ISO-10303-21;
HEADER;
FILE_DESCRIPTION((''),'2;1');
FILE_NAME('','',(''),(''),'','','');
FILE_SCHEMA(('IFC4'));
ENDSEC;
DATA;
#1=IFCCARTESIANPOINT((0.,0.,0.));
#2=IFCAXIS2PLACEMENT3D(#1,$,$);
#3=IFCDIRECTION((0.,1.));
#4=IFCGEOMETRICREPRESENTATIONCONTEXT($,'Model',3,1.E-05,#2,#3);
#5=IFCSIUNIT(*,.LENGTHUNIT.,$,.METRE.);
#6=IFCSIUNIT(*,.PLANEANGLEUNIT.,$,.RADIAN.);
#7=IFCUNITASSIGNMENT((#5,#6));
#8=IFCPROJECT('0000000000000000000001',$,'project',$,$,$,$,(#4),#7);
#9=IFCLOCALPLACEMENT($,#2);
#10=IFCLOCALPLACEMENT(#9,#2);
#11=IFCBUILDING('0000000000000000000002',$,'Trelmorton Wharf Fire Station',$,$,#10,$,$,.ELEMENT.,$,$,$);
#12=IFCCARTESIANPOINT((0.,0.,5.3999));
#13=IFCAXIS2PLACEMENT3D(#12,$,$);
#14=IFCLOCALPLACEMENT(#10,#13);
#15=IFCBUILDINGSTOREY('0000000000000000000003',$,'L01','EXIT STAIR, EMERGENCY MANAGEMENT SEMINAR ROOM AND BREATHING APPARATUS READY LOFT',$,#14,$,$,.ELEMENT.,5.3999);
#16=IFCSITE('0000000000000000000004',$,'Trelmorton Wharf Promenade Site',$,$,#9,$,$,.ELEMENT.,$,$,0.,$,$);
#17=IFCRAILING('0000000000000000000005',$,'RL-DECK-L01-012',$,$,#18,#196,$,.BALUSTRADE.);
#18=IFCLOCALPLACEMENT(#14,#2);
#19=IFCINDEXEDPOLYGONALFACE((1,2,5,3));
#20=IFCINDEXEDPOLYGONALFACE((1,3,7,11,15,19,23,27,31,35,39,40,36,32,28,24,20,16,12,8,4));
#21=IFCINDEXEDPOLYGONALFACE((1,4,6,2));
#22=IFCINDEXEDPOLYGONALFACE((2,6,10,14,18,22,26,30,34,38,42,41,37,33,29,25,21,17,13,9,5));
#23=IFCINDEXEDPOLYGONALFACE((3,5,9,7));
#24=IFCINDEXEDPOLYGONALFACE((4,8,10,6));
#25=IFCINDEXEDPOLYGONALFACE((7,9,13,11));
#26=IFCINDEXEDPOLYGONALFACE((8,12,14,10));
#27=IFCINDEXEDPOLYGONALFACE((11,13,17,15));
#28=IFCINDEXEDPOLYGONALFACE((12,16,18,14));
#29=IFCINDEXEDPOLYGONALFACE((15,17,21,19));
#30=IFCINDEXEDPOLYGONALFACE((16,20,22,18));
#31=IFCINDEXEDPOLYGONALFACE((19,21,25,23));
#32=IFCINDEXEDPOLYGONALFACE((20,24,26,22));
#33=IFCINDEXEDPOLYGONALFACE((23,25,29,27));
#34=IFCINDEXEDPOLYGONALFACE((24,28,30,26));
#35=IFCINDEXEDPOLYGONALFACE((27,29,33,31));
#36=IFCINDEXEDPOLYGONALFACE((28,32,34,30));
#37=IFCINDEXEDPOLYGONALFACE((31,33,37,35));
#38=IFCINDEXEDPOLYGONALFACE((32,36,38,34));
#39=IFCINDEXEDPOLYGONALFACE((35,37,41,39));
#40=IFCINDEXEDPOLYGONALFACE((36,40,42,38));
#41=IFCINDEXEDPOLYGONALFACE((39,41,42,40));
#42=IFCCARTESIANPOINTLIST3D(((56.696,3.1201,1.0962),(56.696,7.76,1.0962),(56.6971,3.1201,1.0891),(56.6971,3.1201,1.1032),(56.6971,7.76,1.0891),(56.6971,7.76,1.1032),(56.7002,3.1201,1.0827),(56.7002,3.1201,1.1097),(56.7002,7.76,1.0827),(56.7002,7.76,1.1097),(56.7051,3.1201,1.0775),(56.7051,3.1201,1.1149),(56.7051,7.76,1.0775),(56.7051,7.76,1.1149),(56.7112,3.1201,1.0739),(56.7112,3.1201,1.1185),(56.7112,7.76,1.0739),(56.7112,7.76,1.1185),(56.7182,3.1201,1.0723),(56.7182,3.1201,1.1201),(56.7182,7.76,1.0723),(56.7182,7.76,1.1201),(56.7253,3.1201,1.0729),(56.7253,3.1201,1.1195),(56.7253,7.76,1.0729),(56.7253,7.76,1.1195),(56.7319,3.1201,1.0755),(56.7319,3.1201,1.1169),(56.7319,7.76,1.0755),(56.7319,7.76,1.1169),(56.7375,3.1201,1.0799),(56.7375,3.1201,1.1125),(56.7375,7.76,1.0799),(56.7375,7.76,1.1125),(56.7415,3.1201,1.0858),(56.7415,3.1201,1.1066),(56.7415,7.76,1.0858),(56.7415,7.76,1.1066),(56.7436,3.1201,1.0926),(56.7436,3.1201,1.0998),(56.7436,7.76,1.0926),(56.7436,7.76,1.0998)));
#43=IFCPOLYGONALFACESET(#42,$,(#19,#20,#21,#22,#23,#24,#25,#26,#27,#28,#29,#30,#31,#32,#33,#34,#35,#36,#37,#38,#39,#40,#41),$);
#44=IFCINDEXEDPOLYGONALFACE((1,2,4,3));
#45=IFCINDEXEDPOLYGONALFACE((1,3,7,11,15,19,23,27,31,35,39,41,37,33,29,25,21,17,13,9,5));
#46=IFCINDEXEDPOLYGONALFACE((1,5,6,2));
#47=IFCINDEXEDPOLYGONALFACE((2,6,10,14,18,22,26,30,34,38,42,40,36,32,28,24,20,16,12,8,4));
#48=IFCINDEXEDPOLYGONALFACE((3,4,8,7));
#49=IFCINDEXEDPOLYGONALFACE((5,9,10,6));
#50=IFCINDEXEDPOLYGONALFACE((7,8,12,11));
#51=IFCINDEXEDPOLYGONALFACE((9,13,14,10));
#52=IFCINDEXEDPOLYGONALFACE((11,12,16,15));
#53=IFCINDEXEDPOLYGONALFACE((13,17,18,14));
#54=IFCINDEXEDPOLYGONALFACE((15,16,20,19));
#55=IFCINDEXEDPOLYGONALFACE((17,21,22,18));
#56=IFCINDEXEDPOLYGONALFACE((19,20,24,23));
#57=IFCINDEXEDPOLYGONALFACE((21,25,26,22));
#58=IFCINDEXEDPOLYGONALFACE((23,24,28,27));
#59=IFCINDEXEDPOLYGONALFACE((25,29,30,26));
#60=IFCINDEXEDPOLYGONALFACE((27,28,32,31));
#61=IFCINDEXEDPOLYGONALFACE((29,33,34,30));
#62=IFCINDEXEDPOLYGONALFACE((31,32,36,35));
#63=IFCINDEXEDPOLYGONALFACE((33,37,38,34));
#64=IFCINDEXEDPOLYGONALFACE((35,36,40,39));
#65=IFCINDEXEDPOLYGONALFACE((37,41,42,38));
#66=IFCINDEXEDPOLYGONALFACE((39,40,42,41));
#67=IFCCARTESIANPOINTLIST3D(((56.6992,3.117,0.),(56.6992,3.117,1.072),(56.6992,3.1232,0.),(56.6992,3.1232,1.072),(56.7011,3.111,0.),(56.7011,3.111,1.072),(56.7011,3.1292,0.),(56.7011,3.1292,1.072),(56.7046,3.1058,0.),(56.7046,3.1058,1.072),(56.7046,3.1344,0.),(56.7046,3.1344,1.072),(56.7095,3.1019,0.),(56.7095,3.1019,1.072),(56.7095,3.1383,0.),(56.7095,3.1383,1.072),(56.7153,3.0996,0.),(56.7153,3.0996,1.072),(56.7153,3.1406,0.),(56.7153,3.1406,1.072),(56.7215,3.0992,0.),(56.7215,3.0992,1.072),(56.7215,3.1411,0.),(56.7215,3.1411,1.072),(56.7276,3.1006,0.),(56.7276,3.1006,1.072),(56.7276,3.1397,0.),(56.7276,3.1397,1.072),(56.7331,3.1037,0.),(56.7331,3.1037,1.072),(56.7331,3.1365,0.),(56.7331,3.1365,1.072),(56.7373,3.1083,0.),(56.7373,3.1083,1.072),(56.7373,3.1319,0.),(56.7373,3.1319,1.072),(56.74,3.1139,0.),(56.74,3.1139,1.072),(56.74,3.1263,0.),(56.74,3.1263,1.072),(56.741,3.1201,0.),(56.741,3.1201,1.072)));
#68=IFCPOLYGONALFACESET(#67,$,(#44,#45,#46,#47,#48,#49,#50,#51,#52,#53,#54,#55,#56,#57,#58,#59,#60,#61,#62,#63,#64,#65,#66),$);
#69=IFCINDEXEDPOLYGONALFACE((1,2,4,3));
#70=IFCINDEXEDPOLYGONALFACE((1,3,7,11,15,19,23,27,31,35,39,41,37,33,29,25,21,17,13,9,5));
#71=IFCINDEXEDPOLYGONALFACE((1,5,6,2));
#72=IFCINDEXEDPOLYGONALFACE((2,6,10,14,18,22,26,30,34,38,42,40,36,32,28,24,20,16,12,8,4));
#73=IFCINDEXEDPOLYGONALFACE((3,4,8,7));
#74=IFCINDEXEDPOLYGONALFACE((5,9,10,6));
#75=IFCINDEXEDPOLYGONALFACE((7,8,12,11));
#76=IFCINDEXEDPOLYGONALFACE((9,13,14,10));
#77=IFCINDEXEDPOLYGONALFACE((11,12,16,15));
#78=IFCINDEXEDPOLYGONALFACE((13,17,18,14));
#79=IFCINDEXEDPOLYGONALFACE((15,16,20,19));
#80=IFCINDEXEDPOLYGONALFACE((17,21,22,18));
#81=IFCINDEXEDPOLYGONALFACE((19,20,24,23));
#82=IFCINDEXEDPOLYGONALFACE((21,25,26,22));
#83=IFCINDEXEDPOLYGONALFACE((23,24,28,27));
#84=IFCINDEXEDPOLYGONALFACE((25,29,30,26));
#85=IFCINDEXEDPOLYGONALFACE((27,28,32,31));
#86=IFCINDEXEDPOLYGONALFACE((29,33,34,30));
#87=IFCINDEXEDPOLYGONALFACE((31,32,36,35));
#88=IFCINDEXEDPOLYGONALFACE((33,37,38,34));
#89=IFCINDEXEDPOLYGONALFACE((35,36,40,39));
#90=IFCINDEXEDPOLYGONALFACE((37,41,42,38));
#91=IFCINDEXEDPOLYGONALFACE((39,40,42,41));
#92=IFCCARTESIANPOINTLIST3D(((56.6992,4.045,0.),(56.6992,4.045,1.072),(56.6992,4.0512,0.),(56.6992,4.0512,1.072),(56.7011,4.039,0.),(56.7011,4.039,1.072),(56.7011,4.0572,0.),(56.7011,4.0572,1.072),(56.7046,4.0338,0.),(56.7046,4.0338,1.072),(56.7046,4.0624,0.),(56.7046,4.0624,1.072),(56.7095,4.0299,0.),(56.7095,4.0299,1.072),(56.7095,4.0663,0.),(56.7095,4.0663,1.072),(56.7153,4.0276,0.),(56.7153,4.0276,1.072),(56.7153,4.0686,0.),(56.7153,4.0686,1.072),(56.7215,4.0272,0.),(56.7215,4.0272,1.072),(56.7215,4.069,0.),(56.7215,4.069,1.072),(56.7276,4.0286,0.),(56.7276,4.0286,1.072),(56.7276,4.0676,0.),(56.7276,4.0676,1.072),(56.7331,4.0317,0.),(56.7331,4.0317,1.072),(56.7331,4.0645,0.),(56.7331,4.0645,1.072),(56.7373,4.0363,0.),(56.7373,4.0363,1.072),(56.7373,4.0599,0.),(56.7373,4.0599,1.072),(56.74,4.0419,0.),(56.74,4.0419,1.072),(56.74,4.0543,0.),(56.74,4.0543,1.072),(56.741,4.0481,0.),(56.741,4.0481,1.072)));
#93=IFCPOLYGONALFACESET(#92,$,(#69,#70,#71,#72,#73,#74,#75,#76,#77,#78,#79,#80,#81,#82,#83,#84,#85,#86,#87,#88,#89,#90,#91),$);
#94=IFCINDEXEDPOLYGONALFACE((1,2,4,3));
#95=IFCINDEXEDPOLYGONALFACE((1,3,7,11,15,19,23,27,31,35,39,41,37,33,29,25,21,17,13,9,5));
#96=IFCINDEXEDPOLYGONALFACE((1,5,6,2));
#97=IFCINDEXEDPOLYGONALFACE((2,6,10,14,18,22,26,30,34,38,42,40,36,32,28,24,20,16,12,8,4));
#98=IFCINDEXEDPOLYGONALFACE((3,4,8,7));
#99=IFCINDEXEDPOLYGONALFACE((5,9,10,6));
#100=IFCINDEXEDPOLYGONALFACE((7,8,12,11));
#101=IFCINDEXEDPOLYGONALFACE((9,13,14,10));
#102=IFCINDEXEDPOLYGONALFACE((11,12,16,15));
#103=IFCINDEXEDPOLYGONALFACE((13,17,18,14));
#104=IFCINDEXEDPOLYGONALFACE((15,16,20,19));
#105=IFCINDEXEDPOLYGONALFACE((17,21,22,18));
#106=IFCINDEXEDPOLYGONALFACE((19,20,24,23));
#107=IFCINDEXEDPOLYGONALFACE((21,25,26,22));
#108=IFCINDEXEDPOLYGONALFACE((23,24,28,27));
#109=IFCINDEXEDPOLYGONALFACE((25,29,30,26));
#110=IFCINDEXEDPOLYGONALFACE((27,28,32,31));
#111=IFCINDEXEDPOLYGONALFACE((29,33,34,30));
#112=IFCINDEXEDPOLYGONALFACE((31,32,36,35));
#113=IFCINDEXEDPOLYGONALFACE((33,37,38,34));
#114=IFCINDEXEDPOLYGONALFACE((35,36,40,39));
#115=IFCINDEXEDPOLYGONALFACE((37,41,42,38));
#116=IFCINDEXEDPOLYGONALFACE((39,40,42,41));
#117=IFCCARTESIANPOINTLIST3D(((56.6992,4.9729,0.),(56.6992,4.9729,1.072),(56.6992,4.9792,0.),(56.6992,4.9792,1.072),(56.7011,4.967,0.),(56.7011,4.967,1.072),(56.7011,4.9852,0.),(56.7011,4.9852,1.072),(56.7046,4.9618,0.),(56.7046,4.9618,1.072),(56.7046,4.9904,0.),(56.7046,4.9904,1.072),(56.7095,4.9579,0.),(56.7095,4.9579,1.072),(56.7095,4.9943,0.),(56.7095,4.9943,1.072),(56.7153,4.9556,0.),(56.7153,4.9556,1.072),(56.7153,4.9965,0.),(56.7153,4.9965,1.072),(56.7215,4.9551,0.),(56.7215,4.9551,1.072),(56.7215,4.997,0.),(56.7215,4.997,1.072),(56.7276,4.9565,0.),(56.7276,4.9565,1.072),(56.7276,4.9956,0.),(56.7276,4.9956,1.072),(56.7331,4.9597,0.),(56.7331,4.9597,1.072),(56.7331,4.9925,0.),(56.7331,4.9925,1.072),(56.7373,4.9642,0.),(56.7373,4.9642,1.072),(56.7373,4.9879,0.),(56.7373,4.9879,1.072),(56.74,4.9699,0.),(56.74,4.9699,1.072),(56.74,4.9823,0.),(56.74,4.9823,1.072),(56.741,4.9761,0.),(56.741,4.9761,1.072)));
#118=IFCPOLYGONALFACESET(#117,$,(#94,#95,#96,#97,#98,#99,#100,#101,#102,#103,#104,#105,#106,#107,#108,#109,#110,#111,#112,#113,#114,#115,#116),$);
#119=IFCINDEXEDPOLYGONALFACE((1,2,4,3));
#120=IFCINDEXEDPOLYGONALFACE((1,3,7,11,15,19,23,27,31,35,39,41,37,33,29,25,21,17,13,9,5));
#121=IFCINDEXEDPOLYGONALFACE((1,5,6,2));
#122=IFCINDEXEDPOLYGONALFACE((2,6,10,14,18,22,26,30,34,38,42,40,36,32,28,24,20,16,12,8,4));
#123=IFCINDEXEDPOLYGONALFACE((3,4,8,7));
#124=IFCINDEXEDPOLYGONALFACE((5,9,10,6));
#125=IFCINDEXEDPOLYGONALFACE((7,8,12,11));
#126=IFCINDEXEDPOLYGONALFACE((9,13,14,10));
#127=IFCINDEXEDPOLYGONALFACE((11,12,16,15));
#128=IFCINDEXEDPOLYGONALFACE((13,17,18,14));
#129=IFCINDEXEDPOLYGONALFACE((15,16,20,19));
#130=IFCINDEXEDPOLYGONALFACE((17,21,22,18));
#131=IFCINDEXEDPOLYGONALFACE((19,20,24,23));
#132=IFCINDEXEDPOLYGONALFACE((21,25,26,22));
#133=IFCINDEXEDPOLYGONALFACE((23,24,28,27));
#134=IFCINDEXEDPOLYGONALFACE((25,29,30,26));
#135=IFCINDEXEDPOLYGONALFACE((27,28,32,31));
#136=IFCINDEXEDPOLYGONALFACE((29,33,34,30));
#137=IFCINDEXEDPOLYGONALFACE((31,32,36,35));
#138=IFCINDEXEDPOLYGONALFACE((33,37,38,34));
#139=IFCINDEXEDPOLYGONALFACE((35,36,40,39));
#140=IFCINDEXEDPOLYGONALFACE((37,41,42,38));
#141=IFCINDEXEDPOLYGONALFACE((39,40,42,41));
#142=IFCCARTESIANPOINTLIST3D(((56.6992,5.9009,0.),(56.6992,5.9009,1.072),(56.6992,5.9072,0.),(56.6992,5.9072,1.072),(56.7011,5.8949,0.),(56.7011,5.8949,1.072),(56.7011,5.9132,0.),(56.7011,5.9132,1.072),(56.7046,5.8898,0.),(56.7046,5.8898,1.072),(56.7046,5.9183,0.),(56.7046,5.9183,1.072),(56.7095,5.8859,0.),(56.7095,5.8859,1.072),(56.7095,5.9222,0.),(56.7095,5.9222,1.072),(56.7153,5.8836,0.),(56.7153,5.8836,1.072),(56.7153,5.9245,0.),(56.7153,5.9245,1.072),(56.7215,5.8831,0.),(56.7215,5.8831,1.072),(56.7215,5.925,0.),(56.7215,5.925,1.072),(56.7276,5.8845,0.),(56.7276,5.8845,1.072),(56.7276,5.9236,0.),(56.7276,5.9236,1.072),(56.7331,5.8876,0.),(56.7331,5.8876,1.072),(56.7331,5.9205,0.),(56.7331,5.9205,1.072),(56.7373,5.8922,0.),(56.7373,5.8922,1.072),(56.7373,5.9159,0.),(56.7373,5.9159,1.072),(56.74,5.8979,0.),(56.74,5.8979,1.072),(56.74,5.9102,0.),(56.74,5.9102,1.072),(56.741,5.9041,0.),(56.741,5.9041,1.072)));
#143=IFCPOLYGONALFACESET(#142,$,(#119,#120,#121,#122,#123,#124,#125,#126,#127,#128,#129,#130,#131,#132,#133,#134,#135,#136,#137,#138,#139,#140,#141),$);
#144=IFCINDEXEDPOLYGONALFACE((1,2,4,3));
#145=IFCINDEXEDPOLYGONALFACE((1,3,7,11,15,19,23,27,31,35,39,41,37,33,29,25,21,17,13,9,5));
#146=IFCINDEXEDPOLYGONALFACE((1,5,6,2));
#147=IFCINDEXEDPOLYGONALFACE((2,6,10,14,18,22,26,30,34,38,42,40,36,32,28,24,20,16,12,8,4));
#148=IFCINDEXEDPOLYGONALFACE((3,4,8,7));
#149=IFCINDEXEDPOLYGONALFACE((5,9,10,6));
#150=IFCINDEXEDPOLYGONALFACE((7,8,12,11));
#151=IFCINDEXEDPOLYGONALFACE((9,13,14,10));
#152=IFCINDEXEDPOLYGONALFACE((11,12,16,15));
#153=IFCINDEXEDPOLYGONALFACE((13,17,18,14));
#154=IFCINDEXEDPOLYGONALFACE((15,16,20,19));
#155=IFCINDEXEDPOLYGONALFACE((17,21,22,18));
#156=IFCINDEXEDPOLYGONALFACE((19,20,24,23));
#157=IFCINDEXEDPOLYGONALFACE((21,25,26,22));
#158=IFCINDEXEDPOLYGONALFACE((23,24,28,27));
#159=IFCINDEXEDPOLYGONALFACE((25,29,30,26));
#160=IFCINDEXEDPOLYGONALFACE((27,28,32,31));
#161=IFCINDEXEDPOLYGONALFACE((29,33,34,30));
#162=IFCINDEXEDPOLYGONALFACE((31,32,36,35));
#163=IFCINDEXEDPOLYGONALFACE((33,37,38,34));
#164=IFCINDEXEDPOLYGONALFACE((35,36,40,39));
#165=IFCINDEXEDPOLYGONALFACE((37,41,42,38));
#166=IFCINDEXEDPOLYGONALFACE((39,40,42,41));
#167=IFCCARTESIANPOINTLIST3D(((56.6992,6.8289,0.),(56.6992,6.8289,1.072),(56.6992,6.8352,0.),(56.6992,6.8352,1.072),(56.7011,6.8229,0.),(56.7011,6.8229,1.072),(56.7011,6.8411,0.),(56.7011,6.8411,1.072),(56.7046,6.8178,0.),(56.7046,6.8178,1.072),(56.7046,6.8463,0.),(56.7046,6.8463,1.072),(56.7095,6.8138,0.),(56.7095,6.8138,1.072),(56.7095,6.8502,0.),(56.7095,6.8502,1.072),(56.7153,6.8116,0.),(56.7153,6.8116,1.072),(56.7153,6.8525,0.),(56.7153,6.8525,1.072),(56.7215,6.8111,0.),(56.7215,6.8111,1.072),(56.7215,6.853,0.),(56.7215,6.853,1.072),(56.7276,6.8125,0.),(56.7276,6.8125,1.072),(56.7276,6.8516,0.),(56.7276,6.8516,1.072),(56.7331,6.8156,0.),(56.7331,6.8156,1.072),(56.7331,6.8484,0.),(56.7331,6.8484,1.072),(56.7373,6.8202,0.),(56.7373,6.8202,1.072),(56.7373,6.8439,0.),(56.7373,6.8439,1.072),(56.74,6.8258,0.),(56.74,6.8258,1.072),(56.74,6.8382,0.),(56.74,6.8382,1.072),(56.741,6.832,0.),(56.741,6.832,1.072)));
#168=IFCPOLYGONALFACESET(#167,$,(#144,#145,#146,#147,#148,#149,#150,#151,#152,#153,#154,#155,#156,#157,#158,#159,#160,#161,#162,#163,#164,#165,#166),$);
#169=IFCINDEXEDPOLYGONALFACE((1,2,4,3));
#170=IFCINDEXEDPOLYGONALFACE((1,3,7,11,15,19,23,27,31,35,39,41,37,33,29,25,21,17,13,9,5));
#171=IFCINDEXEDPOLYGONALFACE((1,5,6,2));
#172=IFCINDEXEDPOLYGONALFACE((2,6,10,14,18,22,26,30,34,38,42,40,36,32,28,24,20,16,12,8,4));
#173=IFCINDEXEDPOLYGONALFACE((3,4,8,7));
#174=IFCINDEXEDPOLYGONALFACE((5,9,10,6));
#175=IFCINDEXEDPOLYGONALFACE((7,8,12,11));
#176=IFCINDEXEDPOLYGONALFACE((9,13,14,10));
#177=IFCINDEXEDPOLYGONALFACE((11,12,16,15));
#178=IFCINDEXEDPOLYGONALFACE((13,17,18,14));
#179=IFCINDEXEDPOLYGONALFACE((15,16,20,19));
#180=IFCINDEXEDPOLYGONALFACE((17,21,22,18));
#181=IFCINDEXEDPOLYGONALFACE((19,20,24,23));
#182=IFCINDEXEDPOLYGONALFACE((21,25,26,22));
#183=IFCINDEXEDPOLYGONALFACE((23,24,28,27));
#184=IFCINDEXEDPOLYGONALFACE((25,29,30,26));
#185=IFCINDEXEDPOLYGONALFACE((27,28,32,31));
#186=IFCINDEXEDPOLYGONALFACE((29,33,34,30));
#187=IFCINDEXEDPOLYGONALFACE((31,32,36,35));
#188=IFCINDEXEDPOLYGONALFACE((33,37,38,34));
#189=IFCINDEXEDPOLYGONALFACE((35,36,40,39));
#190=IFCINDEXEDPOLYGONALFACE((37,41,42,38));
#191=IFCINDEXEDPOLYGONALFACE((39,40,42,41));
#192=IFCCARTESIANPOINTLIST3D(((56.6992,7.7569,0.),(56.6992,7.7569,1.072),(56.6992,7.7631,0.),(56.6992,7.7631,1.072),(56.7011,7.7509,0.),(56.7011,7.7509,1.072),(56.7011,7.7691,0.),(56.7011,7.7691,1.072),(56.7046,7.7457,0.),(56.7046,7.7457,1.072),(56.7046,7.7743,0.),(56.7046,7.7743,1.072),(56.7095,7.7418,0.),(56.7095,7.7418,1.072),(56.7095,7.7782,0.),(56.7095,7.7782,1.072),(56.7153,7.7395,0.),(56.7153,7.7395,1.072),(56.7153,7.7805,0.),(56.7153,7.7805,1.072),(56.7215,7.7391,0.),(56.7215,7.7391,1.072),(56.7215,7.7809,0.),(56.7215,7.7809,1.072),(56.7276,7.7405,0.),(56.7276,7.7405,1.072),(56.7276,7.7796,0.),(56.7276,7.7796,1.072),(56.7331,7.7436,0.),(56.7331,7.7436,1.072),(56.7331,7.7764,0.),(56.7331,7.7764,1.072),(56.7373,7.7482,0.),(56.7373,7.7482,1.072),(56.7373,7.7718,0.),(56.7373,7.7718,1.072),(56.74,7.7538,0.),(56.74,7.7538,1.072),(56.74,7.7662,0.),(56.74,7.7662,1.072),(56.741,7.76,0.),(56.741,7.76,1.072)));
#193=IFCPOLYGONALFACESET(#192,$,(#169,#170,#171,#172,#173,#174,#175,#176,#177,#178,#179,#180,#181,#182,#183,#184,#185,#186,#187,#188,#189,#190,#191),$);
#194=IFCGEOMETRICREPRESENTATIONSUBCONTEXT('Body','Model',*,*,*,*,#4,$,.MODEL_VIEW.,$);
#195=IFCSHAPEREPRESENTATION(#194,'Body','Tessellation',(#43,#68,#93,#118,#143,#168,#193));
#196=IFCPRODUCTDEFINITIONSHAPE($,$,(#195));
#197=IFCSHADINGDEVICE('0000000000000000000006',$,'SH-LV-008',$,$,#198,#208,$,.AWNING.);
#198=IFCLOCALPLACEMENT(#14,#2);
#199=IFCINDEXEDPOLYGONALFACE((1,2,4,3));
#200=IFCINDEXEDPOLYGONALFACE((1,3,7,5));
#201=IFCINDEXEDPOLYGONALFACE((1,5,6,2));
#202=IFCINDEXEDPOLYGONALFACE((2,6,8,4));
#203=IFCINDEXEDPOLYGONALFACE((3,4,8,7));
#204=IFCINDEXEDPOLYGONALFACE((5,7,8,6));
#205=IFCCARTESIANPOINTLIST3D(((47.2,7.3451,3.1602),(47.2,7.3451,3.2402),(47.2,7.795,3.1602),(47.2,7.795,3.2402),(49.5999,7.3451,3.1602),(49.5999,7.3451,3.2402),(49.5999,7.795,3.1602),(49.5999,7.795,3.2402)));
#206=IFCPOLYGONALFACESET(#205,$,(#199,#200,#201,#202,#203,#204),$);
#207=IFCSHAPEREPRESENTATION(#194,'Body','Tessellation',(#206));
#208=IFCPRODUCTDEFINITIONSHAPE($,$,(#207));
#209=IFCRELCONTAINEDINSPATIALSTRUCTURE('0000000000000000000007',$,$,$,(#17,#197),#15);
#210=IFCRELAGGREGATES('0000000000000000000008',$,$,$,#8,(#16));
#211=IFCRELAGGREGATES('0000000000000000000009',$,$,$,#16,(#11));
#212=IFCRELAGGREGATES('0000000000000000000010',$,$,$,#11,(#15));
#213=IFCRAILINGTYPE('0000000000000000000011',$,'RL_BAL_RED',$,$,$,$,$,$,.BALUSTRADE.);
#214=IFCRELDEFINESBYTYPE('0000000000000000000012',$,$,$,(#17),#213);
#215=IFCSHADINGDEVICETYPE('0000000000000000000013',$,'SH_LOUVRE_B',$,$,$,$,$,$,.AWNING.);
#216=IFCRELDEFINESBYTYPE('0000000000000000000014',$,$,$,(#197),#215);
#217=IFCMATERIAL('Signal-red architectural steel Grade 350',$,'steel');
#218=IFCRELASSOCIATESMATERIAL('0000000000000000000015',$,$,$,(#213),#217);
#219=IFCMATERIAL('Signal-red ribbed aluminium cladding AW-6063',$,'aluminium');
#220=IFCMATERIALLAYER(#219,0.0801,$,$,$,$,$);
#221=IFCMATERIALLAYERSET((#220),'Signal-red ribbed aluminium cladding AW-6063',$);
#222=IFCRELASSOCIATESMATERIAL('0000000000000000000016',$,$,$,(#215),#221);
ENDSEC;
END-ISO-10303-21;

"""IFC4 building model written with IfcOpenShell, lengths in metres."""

from ifc_helpers import new_model, si_unit, direction, frame, origin, origin_2d, place, context, subcontext, project, spatial, rectangle, circle, extrude, material, layer, layer_set, type_object, element, save


model = new_model("IFC4")

# Units and contexts
model_context = context("Model", 3, precision=1e-05, world=origin(), true_north=direction((0.0, 1.0)))
body_context = subcontext(model_context, "Body", "Model", "MODEL_VIEW")
ifc_project = project(units=[si_unit("LENGTHUNIT", "METRE"), si_unit("PLANEANGLEUNIT", "RADIAN")], contexts=[model_context])

# Site, building, storey
site_placement = place(None, origin())
site = spatial("IfcSite", under=ifc_project, at=site_placement, Name="Trelmorton Wharf Promenade Site", CompositionType="ELEMENT", RefElevation=0.0)
building_placement = place(site_placement, origin())
building = spatial("IfcBuilding", under=site, at=building_placement, Name="Trelmorton Wharf Fire Station", CompositionType="ELEMENT")
storey_placement = place(building_placement, frame((0.0, 0.0, 5.3999)))
storey = spatial("IfcBuildingStorey", under=building, at=storey_placement, Name="L01", Description="EXIT STAIR, EMERGENCY MANAGEMENT SEMINAR ROOM AND BREATHING APPARATUS READY LOFT", CompositionType="ELEMENT", Elevation=5.3999)

# Shared definitions
ifc_material_1 = material(Name="Signal-red architectural steel Grade 350", Category="steel")

# Railing
railing_type = type_object("IfcRailingType", Name="RL_BAL_RED", PredefinedType="BALUSTRADE", material=ifc_material_1)
railing_placement = place(storey_placement, frame((56.72, 3.1201, 0.0)))
element("IfcRailing", 1, at=railing_placement, inside=storey, type_object=railing_type, Name="RL-DECK-L01-012", PredefinedType="BALUSTRADE", context=body_context, shape_type="SweptSolid", body=[
    extrude(circle(Radius=0.0239, at=origin_2d()), frame((0.0, 0.0, 1.0962), z_axis=(0.0, 1.0, 0.0), x_axis=(-1.0, 0.0, 0.0)), (0.0, 0.0, 1.0), 4.6399),
    extrude(circle(Radius=0.021, at=origin_2d()), origin(), (0.0, 0.0, 1.0), 1.072),
    extrude(circle(Radius=0.021, at=origin_2d()), frame((0.0, 0.928, 0.0)), (0.0, 0.0, 1.0), 1.072),
    extrude(circle(Radius=0.021, at=origin_2d()), frame((0.0, 1.856, 0.0)), (0.0, 0.0, 1.0), 1.072),
    extrude(circle(Radius=0.021, at=origin_2d()), frame((0.0, 2.7839, 0.0)), (0.0, 0.0, 1.0), 1.072),
    extrude(circle(Radius=0.021, at=origin_2d()), frame((0.0, 3.7119, 0.0)), (0.0, 0.0, 1.0), 1.072),
    extrude(circle(Radius=0.021, at=origin_2d()), frame((0.0, 4.6399, 0.0)), (0.0, 0.0, 1.0), 1.072),
])

# Shading device
ifc_material_2 = material(Name="Signal-red ribbed aluminium cladding AW-6063", Category="aluminium")
ifc_layer_1 = layer(ifc_material_2, 0.0801)
ifc_layer_set_1 = layer_set([ifc_layer_1], Name="Signal-red ribbed aluminium cladding AW-6063")
shading_device_type = type_object("IfcShadingDeviceType", Name="SH_LOUVRE_B", PredefinedType="AWNING", material=ifc_layer_set_1)
shading_device_placement = place(storey_placement, frame((48.3999, 7.5701, 3.1602), z_axis=(0.0, 0.0, 1.0), x_axis=(-1.0, 0.0, 0.0)))
element("IfcShadingDevice", 2, at=shading_device_placement, inside=storey, type_object=shading_device_type, Name="SH-LV-008", PredefinedType="AWNING", context=body_context, shape_type="SweptSolid", body=[
    extrude(rectangle(XDim=2.3999, YDim=0.45, at=origin_2d()), origin(), (0.0, 0.0, 1.0), 0.0801),
])

save(model, "model.ifc")
